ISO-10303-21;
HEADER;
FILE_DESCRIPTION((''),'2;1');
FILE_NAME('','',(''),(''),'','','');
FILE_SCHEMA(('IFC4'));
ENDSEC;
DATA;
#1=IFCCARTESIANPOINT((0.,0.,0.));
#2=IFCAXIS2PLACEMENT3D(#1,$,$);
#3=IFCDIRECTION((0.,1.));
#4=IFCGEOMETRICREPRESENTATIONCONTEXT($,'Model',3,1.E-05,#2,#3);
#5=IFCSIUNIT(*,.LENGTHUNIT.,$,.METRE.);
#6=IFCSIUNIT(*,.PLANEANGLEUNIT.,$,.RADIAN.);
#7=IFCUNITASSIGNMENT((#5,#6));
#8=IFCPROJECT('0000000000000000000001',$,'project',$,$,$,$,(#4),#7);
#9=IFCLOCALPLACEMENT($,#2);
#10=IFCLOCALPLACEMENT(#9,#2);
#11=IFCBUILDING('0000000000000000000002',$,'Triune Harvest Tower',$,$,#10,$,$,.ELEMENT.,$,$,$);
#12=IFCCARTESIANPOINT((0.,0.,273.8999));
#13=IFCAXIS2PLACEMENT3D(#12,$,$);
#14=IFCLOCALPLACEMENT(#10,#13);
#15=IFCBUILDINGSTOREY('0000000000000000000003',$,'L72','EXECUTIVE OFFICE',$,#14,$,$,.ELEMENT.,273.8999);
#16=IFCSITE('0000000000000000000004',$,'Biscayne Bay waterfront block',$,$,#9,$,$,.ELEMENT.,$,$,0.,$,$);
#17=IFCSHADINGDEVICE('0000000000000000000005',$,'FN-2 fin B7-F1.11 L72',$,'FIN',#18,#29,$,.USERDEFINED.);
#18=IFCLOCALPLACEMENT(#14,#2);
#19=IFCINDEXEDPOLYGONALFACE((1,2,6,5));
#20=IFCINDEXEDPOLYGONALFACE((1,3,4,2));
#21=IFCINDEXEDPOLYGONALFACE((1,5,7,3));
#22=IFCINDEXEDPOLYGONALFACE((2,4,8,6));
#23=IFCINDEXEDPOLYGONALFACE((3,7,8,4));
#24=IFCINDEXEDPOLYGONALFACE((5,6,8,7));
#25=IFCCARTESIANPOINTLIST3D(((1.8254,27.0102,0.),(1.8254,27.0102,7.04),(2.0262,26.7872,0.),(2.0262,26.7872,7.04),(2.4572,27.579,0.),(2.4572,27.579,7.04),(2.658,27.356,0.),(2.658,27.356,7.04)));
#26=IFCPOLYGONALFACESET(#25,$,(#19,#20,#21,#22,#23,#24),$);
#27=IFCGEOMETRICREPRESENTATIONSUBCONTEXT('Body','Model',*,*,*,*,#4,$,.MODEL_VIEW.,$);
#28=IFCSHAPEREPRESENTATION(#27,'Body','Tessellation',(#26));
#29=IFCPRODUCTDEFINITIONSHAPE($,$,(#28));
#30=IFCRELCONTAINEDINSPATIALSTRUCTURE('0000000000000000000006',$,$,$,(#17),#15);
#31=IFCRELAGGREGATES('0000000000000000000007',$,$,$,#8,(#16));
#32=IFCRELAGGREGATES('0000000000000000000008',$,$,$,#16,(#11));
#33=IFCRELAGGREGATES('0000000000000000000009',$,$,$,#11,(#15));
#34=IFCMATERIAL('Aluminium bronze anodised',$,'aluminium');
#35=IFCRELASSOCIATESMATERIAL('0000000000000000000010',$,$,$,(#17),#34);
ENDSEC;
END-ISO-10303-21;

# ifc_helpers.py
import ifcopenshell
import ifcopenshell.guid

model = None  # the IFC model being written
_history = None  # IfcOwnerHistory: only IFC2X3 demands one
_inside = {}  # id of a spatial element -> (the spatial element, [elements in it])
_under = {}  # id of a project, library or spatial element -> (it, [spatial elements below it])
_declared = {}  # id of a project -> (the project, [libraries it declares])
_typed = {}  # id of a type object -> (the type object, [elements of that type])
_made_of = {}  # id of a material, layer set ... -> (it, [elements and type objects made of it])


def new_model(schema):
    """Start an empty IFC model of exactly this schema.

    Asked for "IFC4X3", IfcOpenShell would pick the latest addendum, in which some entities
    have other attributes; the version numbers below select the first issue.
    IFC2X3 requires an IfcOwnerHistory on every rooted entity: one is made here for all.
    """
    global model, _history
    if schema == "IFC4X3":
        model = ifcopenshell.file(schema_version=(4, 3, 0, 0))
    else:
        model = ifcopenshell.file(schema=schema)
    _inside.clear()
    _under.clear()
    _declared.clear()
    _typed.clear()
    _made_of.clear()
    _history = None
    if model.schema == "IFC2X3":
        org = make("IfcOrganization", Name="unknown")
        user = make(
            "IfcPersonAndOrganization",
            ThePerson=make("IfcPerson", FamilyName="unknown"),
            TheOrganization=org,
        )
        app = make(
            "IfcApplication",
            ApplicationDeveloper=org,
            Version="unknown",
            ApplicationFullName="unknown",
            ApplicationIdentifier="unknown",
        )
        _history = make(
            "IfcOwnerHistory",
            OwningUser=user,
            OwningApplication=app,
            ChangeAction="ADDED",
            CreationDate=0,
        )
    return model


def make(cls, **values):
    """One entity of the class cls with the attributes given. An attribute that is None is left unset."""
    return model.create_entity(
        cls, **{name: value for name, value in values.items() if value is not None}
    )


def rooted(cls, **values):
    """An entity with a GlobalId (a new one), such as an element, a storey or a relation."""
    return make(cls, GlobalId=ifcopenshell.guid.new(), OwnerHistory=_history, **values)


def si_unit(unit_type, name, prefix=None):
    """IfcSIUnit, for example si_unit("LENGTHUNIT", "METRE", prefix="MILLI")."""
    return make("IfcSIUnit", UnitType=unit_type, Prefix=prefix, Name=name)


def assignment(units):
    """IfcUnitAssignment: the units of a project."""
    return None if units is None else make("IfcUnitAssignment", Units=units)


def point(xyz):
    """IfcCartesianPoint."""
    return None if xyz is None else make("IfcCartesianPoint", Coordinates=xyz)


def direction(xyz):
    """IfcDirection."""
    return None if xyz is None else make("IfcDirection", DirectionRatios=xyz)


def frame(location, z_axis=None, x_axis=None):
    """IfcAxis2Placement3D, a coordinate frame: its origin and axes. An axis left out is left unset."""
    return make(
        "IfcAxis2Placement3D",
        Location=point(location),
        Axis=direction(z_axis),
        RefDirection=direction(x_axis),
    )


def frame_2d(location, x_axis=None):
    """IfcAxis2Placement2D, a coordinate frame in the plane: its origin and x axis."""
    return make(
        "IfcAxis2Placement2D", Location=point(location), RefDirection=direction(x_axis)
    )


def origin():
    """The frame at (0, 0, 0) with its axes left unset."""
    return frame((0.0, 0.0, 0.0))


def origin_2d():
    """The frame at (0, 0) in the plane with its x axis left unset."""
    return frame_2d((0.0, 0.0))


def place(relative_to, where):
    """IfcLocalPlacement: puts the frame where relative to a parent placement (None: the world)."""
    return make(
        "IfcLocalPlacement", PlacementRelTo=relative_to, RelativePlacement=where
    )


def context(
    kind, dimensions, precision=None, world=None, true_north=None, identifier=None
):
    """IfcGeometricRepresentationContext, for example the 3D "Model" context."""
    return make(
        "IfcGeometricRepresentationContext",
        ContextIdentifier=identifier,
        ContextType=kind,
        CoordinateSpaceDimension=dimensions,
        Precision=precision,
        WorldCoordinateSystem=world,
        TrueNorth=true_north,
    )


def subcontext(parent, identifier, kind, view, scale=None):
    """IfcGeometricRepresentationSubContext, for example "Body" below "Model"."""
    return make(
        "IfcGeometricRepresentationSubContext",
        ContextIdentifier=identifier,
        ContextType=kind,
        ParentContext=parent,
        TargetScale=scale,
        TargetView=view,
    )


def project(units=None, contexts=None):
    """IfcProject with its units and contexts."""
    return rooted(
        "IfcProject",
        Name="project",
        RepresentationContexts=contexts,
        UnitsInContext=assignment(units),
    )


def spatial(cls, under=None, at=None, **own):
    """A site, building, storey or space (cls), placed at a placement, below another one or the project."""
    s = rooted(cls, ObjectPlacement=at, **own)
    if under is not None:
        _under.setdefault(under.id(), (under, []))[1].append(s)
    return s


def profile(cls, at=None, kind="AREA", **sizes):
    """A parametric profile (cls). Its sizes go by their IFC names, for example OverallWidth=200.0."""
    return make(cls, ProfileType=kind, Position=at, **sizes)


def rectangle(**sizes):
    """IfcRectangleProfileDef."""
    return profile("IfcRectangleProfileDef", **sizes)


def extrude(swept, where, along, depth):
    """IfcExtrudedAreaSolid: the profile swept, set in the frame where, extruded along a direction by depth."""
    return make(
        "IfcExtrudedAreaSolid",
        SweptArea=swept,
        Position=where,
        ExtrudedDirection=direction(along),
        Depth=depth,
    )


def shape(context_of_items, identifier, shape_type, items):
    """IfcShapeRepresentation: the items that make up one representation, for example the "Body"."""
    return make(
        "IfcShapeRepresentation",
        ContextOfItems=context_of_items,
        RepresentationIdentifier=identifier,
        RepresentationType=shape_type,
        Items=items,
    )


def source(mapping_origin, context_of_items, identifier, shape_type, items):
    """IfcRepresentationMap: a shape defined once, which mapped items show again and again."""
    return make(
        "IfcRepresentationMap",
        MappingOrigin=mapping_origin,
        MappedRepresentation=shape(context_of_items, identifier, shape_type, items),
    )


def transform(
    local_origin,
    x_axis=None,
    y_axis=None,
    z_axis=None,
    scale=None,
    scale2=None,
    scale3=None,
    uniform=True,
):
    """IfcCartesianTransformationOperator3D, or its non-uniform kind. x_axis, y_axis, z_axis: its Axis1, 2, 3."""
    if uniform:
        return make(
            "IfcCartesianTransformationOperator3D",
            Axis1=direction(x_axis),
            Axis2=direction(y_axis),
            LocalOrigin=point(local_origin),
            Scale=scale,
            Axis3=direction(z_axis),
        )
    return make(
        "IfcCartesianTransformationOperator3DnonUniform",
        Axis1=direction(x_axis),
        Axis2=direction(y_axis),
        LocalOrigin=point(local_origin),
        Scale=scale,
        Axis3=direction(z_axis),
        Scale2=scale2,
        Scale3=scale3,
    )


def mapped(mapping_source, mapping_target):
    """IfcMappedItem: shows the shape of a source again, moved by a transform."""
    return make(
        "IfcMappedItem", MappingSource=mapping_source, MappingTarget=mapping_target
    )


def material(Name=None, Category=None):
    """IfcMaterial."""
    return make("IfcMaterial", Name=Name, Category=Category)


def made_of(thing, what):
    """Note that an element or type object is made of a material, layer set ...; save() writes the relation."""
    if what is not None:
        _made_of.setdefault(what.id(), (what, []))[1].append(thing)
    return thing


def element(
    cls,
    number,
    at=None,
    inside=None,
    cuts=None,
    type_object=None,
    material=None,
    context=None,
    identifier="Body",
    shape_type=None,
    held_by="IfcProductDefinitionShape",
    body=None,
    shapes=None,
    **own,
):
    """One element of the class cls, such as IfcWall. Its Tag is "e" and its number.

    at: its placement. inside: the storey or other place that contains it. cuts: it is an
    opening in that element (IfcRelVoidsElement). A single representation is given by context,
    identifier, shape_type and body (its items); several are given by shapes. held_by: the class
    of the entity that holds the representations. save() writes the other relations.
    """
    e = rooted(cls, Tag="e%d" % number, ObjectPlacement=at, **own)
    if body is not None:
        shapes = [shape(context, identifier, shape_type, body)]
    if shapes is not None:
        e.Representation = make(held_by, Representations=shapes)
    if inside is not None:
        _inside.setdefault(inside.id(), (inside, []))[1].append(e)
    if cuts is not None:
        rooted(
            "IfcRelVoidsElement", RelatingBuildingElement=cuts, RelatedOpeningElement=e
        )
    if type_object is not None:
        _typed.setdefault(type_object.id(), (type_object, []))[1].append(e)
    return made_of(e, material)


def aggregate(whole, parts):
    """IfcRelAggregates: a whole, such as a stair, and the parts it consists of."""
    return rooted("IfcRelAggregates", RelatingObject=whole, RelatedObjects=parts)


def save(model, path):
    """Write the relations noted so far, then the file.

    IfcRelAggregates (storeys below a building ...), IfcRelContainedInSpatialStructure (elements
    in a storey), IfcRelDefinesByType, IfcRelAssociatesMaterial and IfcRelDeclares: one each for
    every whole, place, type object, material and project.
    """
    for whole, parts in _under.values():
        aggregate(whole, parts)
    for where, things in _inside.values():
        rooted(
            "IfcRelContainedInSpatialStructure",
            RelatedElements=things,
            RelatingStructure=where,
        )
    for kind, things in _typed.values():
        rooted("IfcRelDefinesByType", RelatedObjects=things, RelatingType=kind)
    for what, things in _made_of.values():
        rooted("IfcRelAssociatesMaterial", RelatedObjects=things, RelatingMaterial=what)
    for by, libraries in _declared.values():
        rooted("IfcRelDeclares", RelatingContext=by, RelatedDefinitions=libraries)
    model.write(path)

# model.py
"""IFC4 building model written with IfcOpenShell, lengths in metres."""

from ifc_helpers import new_model, si_unit, direction, frame, origin, origin_2d, place, context, subcontext, project, spatial, rectangle, extrude, source, transform, mapped, material, element, save


model = new_model("IFC4")

# Units and contexts
model_context = context("Model", 3, precision=1e-05, world=origin(), true_north=direction((0.0, 1.0)))
body_context = subcontext(model_context, "Body", "Model", "MODEL_VIEW")
ifc_project = project(units=[si_unit("LENGTHUNIT", "METRE"), si_unit("PLANEANGLEUNIT", "RADIAN")], contexts=[model_context])

# Site, building, storey
site_placement = place(None, origin())
site = spatial("IfcSite", under=ifc_project, at=site_placement, Name="Biscayne Bay waterfront block", CompositionType="ELEMENT", RefElevation=0.0)
building_placement = place(site_placement, origin())
building = spatial("IfcBuilding", under=site, at=building_placement, Name="Triune Harvest Tower", CompositionType="ELEMENT")
storey_placement = place(building_placement, frame((0.0, 0.0, 273.8999)))
storey = spatial("IfcBuildingStorey", under=building, at=storey_placement, Name="L72", Description="EXECUTIVE OFFICE", CompositionType="ELEMENT", Elevation=273.8999)

# Shading device
ifc_material_1 = material(Name="Aluminium bronze anodised", Category="aluminium")
shared_shape_1 = source(origin(), body_context, "Body", "SweptSolid", [
    extrude(rectangle(XDim=0.3, YDim=0.8501, at=origin_2d()), origin(), (0.0, 0.0, 1.0), 7.04),
])
shading_device_1_placement = place(storey_placement, frame((2.2417, 27.1831, 0.0), z_axis=(0.0, 0.0, 1.0), x_axis=(-0.669131, 0.743144, 0.0)))
element("IfcShadingDevice", 1, at=shading_device_1_placement, inside=storey, material=ifc_material_1, Name="FN-2 fin B7-F1.11 L72", ObjectType="FIN", PredefinedType="USERDEFINED", context=body_context, shape_type="MappedRepresentation", body=[
    mapped(shared_shape_1, transform((0.0, 0.0, 0.0), scale=1.0)),
])

save(model, "model.ifc")
